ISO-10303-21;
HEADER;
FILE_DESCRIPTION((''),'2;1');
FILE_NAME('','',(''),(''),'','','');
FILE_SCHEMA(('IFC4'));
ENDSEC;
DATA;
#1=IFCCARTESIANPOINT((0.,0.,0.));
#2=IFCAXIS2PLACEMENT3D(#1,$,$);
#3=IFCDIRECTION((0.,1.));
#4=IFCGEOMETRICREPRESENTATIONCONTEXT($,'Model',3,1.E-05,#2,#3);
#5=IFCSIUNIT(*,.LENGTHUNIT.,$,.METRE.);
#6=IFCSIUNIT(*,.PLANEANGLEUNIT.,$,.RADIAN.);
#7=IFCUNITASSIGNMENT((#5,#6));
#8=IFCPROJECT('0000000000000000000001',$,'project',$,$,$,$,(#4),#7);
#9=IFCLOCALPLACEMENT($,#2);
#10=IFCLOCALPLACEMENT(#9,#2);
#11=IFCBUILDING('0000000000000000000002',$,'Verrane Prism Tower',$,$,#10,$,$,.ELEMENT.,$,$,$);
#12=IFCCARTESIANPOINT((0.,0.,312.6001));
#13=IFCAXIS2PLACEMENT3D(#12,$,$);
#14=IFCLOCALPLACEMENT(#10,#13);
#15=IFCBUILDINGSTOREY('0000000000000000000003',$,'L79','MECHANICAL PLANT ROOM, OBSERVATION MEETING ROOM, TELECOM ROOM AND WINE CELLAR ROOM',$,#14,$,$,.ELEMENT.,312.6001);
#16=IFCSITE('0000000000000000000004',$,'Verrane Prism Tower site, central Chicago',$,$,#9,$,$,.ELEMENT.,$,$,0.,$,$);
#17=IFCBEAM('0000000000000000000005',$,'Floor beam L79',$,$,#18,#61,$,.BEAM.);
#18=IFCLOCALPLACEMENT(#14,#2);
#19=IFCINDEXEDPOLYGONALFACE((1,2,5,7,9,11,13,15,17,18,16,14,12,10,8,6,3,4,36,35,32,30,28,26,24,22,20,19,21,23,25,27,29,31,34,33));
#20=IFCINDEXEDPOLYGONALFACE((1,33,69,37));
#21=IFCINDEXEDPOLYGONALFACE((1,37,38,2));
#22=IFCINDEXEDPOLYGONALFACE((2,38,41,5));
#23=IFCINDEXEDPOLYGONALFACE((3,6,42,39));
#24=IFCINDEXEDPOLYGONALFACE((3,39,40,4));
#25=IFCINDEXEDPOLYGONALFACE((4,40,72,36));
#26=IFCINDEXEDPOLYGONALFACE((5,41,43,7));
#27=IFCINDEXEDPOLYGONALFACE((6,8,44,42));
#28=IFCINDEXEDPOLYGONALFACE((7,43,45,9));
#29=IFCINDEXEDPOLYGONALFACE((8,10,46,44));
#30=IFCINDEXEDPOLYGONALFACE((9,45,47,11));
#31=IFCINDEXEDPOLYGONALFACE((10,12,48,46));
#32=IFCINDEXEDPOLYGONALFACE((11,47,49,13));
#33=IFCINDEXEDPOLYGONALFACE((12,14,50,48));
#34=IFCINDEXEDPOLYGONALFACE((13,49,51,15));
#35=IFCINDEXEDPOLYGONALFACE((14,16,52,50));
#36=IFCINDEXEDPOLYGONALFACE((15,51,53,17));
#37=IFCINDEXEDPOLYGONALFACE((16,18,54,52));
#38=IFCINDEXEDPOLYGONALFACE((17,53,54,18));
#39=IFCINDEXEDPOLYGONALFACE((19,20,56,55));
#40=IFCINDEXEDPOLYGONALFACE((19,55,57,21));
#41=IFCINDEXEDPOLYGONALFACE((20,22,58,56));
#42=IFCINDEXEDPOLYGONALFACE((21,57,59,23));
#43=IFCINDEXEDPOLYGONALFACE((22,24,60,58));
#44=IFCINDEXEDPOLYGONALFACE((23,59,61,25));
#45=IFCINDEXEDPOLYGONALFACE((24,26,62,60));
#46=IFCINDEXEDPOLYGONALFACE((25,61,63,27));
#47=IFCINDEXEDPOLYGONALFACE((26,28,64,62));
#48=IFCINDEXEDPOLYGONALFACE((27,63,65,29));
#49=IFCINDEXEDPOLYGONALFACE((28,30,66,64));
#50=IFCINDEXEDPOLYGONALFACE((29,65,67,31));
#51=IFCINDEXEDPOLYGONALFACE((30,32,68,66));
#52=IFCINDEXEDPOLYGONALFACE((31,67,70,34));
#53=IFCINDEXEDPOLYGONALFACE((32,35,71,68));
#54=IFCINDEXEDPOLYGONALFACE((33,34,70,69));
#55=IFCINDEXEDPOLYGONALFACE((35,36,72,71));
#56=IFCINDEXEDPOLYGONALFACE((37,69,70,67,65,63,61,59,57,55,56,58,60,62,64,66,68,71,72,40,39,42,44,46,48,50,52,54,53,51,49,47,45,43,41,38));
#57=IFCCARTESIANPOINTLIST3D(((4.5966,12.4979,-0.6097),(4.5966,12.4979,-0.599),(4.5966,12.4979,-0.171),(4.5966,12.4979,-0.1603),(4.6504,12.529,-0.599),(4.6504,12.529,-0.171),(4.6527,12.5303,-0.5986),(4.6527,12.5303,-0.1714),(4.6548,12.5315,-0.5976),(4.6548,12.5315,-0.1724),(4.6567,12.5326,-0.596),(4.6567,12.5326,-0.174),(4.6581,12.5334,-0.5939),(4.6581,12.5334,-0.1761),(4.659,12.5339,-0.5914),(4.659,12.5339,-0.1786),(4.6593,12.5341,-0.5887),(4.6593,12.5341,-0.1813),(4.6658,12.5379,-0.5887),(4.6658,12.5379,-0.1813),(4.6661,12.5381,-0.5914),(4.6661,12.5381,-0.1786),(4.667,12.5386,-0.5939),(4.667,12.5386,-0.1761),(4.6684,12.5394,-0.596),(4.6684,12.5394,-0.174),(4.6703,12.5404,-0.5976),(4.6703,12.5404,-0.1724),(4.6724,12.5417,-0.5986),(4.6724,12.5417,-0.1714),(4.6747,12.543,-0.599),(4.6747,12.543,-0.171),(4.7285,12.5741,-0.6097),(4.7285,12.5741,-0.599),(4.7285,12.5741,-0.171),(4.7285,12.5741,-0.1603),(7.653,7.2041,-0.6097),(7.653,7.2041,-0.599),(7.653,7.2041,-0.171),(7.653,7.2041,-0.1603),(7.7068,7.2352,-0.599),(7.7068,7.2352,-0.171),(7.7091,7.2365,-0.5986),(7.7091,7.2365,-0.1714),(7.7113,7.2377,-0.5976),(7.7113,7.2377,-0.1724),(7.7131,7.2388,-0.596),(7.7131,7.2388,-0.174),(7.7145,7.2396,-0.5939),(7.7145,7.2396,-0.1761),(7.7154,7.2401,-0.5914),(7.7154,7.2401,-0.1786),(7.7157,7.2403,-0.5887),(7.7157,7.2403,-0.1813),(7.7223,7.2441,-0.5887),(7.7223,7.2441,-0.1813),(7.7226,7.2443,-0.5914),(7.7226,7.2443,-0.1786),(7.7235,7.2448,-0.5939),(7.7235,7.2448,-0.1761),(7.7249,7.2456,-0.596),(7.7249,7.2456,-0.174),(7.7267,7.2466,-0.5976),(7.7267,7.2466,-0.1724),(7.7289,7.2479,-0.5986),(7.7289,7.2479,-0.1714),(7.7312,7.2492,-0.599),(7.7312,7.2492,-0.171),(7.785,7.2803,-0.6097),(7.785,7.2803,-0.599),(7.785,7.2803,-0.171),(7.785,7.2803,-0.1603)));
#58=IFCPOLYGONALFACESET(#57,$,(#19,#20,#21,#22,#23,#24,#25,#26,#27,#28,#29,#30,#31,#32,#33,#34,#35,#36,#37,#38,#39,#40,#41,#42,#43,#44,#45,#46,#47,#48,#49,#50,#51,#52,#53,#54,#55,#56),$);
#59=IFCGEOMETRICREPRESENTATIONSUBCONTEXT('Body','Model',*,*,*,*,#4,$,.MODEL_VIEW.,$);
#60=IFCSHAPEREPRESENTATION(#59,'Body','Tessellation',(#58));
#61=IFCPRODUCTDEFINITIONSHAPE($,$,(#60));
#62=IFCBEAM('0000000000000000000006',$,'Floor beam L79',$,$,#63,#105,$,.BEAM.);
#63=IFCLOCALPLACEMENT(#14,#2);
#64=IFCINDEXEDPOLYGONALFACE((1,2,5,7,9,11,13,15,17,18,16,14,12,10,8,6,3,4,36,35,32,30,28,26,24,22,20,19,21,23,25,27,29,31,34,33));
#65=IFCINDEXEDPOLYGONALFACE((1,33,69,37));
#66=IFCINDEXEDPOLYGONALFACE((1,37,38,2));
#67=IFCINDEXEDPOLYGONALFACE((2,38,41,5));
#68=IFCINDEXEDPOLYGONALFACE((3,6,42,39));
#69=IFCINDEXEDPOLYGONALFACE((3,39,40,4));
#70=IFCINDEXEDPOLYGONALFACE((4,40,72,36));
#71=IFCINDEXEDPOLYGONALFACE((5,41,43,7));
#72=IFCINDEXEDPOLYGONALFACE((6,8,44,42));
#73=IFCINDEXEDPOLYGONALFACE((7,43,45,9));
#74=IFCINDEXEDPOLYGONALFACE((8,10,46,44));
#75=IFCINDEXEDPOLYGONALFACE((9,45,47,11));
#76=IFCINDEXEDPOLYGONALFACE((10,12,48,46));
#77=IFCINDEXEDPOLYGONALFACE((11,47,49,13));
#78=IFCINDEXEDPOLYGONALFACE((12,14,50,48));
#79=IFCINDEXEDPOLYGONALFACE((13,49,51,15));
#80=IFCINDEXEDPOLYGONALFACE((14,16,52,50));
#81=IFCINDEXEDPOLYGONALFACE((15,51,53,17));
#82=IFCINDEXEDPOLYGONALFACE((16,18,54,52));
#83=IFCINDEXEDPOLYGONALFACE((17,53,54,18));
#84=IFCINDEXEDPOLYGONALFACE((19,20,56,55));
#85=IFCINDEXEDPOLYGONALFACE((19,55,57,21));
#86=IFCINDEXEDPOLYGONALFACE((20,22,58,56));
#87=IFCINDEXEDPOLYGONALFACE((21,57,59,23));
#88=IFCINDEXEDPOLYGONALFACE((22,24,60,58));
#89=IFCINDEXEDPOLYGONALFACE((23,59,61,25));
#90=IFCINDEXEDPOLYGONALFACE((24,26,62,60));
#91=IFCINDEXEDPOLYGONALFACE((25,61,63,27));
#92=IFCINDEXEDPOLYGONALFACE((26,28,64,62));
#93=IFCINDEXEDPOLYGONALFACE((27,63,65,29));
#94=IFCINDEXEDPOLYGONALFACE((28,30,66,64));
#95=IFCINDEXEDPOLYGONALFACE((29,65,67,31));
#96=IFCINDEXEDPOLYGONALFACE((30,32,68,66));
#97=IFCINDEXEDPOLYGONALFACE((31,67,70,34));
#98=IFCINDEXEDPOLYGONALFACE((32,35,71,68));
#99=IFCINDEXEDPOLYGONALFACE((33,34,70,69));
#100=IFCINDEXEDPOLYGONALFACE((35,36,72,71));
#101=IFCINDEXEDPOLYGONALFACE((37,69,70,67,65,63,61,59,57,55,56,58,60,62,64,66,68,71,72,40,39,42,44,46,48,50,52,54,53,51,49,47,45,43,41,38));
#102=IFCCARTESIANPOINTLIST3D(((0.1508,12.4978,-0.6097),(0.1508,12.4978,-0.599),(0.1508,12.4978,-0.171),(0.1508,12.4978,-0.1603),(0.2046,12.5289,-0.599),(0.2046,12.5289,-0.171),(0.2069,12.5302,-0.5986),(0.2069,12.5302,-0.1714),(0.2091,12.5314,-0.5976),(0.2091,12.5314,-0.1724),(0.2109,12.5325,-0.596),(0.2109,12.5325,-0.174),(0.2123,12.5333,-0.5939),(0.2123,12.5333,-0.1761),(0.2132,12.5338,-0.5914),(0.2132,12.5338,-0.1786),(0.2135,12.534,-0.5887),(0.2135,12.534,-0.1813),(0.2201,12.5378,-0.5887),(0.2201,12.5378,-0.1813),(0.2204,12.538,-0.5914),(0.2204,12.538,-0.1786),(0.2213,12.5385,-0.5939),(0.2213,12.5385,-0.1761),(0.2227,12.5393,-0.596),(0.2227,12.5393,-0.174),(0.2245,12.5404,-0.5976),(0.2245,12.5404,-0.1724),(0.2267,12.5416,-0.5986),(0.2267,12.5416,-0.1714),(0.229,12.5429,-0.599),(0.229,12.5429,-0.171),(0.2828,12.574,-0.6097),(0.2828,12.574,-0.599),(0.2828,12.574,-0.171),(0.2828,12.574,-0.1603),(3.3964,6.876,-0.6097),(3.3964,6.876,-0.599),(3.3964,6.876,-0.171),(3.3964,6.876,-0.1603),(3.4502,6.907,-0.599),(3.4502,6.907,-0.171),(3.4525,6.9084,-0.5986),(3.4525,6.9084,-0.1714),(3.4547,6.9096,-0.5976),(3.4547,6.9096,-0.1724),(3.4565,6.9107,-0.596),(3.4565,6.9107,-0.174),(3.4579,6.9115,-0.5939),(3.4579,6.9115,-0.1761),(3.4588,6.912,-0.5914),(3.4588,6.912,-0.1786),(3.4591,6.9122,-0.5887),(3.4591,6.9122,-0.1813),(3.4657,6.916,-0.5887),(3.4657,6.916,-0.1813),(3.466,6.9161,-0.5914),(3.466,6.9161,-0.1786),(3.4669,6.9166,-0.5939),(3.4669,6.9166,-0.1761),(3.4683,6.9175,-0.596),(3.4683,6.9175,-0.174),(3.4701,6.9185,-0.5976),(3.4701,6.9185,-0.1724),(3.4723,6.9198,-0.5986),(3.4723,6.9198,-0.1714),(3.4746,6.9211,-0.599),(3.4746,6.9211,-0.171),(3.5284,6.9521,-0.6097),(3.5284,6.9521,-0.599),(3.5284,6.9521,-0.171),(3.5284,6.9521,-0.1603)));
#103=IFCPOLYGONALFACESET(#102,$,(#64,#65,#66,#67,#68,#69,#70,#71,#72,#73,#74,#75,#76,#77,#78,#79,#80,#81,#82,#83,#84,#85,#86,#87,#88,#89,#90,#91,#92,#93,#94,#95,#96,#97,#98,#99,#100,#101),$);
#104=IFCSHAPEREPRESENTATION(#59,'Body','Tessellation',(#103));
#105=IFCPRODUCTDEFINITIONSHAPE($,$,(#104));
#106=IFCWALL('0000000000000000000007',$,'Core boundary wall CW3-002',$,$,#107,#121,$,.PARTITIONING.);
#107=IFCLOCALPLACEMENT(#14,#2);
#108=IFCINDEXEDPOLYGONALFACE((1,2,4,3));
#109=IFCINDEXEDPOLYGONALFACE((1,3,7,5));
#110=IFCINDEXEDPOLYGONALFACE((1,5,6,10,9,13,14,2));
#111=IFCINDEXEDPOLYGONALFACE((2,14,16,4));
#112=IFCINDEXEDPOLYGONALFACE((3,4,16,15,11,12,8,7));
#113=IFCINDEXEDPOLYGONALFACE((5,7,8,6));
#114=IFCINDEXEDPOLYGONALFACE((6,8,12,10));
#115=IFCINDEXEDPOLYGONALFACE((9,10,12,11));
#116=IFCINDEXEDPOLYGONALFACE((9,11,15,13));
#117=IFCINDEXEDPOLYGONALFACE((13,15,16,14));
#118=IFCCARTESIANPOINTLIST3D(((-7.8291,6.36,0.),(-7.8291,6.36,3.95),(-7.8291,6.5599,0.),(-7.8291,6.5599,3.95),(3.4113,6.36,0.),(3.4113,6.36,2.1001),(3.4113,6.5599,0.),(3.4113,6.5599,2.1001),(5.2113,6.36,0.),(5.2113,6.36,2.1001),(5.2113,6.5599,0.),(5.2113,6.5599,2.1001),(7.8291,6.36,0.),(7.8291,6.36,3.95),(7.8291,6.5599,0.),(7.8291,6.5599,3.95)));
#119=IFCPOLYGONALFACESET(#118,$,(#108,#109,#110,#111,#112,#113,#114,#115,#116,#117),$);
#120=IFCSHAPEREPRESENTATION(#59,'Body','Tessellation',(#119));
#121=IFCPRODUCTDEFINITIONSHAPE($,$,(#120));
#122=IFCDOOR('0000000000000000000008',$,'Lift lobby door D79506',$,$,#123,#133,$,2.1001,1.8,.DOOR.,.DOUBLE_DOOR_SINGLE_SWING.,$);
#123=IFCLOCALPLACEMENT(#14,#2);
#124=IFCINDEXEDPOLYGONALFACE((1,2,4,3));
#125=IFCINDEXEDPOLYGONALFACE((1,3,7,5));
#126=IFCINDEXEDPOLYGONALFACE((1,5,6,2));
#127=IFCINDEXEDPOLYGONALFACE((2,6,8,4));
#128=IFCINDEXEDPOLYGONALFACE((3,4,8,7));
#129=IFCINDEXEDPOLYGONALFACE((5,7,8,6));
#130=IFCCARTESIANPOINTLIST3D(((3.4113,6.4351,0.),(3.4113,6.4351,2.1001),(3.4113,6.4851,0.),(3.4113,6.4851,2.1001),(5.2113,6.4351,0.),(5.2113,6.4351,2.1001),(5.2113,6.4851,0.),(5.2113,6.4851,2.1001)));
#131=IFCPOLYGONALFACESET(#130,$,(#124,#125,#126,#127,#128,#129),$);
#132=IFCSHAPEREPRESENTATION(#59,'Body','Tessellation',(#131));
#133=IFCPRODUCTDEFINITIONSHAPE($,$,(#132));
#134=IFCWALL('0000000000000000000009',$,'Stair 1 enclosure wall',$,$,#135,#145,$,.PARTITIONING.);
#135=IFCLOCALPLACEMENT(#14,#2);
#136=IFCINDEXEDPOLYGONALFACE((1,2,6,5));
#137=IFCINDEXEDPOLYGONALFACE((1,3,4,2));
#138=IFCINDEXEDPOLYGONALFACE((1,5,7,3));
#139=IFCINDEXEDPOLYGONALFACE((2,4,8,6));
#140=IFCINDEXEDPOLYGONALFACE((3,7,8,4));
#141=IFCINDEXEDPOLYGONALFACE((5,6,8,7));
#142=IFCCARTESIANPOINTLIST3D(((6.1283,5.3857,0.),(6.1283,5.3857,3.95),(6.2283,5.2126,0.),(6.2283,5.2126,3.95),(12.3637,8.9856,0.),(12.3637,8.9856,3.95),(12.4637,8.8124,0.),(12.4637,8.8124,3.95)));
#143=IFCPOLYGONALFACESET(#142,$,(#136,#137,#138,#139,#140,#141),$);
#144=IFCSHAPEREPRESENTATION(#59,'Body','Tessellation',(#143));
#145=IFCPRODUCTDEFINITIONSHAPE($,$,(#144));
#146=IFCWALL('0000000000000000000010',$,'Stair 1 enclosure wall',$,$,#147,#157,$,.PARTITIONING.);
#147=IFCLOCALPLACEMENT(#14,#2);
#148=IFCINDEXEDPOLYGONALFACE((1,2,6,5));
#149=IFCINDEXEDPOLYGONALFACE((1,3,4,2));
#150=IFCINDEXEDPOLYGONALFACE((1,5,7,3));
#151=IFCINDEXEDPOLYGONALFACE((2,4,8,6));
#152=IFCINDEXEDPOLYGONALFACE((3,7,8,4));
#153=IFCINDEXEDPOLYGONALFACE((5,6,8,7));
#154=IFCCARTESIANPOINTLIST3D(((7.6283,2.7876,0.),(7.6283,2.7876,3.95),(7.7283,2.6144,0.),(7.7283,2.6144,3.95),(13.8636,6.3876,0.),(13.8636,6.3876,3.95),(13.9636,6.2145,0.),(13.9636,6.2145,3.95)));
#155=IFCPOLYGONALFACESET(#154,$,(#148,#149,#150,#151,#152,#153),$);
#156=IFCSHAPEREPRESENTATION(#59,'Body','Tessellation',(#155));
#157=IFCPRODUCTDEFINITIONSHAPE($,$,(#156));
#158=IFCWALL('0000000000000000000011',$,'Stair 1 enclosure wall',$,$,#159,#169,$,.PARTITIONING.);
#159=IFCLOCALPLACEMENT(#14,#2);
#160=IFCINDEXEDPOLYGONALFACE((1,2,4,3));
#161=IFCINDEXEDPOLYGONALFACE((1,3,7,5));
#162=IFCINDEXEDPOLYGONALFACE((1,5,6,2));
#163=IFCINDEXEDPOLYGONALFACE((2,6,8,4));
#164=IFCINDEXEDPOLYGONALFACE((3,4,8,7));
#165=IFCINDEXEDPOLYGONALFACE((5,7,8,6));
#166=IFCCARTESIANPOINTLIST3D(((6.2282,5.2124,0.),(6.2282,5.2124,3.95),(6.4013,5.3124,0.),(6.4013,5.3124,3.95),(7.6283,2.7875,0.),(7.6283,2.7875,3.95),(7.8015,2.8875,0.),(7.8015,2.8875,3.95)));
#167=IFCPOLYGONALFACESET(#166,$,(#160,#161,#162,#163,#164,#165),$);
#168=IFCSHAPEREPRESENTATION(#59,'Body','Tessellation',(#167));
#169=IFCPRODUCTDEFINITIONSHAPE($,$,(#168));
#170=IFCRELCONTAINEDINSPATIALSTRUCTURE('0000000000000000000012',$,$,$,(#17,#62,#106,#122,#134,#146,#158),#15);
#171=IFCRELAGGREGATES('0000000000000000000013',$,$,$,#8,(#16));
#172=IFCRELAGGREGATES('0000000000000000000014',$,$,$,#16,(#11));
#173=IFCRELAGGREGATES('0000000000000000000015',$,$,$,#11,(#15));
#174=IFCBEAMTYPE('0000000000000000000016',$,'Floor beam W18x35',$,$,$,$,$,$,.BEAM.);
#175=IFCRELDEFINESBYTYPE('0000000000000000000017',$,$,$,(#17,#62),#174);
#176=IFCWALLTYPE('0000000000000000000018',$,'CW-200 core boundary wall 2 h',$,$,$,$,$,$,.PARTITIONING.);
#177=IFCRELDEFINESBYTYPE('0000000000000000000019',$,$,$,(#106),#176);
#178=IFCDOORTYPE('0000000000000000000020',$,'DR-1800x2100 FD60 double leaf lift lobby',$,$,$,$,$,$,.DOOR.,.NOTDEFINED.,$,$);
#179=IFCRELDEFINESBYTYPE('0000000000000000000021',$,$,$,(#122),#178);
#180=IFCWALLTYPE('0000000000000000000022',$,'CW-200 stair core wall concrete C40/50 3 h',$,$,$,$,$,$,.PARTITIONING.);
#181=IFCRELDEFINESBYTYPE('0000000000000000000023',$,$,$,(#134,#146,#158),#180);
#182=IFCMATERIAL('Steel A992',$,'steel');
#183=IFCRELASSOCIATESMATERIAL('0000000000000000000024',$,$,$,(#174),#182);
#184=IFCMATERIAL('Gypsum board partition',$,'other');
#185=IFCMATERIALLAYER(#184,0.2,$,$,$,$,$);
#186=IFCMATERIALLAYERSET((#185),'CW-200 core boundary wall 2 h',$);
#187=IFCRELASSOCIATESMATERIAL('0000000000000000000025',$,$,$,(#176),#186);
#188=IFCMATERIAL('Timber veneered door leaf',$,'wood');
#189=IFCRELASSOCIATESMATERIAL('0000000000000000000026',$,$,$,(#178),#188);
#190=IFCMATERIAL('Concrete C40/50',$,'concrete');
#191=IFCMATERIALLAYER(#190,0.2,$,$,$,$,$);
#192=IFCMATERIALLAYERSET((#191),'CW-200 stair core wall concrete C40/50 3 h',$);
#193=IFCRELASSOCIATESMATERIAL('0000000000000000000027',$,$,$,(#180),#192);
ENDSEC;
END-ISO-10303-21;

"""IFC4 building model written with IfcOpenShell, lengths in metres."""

from ifc_helpers import new_model, si_unit, direction, frame, frame_2d, origin, origin_2d, place, context, subcontext, project, spatial, rectangle, i_section, extrude, material, layer, layer_set, material_profile, profile_set, type_object, element, fill, save


model = new_model("IFC4")

# Units and contexts
model_context = context("Model", 3, precision=1e-05, world=origin(), true_north=direction((0.0, 1.0)))
body_context = subcontext(model_context, "Body", "Model", "MODEL_VIEW")
ifc_project = project(units=[si_unit("LENGTHUNIT", "METRE"), si_unit("PLANEANGLEUNIT", "RADIAN")], contexts=[model_context])

# Site, building, storey
site_placement = place(None, origin())
site = spatial("IfcSite", under=ifc_project, at=site_placement, Name="Verrane Prism Tower site, central Chicago", CompositionType="ELEMENT", RefElevation=0.0)
building_placement = place(site_placement, origin())
building = spatial("IfcBuilding", under=site, at=building_placement, Name="Verrane Prism Tower", CompositionType="ELEMENT")
storey_placement = place(building_placement, frame((0.0, 0.0, 312.6001)))
storey = spatial("IfcBuildingStorey", under=building, at=storey_placement, Name="L79", Description="MECHANICAL PLANT ROOM, OBSERVATION MEETING ROOM, TELECOM ROOM AND WINE CELLAR ROOM", CompositionType="ELEMENT", Elevation=312.6001)

# Beams
ifc_material_1 = material(Name="Steel A992", Category="steel")
ifc_material_profile_1 = material_profile(ifc_material_1, i_section(OverallWidth=0.1523, OverallDepth=0.4495, WebThickness=0.0076, FlangeThickness=0.0107, FilletRadius=0.0103, at=origin_2d()), Name="W18x35")
ifc_profile_set_1 = profile_set([ifc_material_profile_1], Name="Steel A992")
beam_type_1 = type_object("IfcBeamType", Name="Floor beam W18x35", PredefinedType="BEAM", material=ifc_profile_set_1)
beam_1_placement = place(storey_placement, frame((7.719, 7.2422, -0.385), z_axis=(-0.500009, 0.86602, 0.0), x_axis=(-0.86602, -0.500009, 0.0)))
element("IfcBeam", 1, at=beam_1_placement, inside=storey, type_object=beam_type_1, Name="Floor beam L79", PredefinedType="BEAM", context=body_context, shape_type="SweptSolid", body=[
    extrude(i_section(OverallWidth=0.1523, OverallDepth=0.4495, WebThickness=0.0076, FlangeThickness=0.0107, FilletRadius=0.0103, at=origin_2d()), origin(), (0.0, 0.0, 1.0), 6.1128),
])
beam_2_placement = place(storey_placement, frame((3.4624, 6.9141, -0.385), z_axis=(-0.499982, 0.866036, 0.0), x_axis=(-0.866036, -0.499982, 0.0)))
element("IfcBeam", 2, at=beam_2_placement, inside=storey, type_object=beam_type_1, Name="Floor beam L79", PredefinedType="BEAM", context=body_context, shape_type="SweptSolid", body=[
    extrude(i_section(OverallWidth=0.1523, OverallDepth=0.4495, WebThickness=0.0076, FlangeThickness=0.0107, FilletRadius=0.0103, at=origin_2d()), origin(), (0.0, 0.0, 1.0), 6.4915),
])

# Wall, opening, door
ifc_material_2 = material(Name="Gypsum board partition", Category="other")
ifc_layer_1 = layer(ifc_material_2, 0.2)
ifc_layer_set_1 = layer_set([ifc_layer_1], Name="CW-200 core boundary wall 2 h")
wall_type_1 = type_object("IfcWallType", Name="CW-200 core boundary wall 2 h", PredefinedType="PARTITIONING", material=ifc_layer_set_1)
wall_1_placement = place(storey_placement, frame((7.8291, 6.46, 0.0), z_axis=(0.0, 0.0, 1.0), x_axis=(-1.0, 0.0, 0.0)))
wall_1 = element("IfcWall", 3, at=wall_1_placement, inside=storey, type_object=wall_type_1, Name="Core boundary wall CW3-002", PredefinedType="PARTITIONING", context=body_context, shape_type="SweptSolid", body=[
    extrude(rectangle(XDim=15.6582, YDim=0.2, at=frame_2d((7.8291, 0.0))), origin(), (0.0, 0.0, 1.0), 3.95),
])
opening_1_placement = place(wall_1_placement, frame((2.6179, 0.0, 0.0)))
opening_1 = element("IfcOpeningElement", 4, at=opening_1_placement, cuts=wall_1, PredefinedType="OPENING", context=body_context, shape_type="SweptSolid", body=[
    extrude(rectangle(XDim=1.8, YDim=2.1001, at=frame_2d((0.8999, 1.05))), frame((0.0, 0.1099, 0.0), z_axis=(0.0, -1.0, 0.0), x_axis=(1.0, 0.0, 0.0)), (0.0, 0.0, 1.0), 0.22),
])
ifc_material_3 = material(Name="Timber veneered door leaf", Category="wood")
door_type_1 = type_object("IfcDoorType", Name="DR-1800x2100 FD60 double leaf lift lobby", OperationType="NOTDEFINED", PredefinedType="DOOR", material=ifc_material_3)
door_1_placement = place(opening_1_placement, origin())
door_1 = element("IfcDoor", 5, at=door_1_placement, inside=storey, type_object=door_type_1, Name="Lift lobby door D79506", OperationType="DOUBLE_DOOR_SINGLE_SWING", OverallHeight=2.1001, OverallWidth=1.8, PredefinedType="DOOR", context=body_context, shape_type="SweptSolid", body=[
    extrude(rectangle(XDim=1.8, YDim=2.1001, at=frame_2d((0.8999, 1.05))), frame((0.0, 0.0249, 0.0), z_axis=(0.0, -1.0, 0.0), x_axis=(1.0, 0.0, 0.0)), (0.0, 0.0, 1.0), 0.05),
])
fill(opening_1, door_1)

# Walls
ifc_material_4 = material(Name="Concrete C40/50", Category="concrete")
ifc_layer_2 = layer(ifc_material_4, 0.2)
ifc_layer_set_2 = layer_set([ifc_layer_2], Name="CW-200 stair core wall concrete C40/50 3 h")
wall_type_2 = type_object("IfcWallType", Name="CW-200 stair core wall concrete C40/50 3 h", PredefinedType="PARTITIONING", material=ifc_layer_set_2)
for number, where, z_axis, x_axis, name in (
    (6, (6.1782, 5.2991, 0.0), (0.0, 0.0, 1.0), (0.866033, 0.499987, 0.0), "Stair 1 enclosure wall"),
    (7, (7.6782, 2.7009, 0.0), (0.0, 0.0, 1.0), (0.866018, 0.500012, 0.0), "Stair 1 enclosure wall"),
):
    element("IfcWall", number, at=place(storey_placement, frame(where, z_axis=z_axis, x_axis=x_axis)), inside=storey, type_object=wall_type_2, Name=name, PredefinedType="PARTITIONING", context=body_context, shape_type="SweptSolid", body=[
        extrude(rectangle(XDim=7.2, YDim=0.2, at=frame_2d((3.6001, 0.0))), origin(), (0.0, 0.0, 1.0), 3.95),
    ])
wall_2_placement = place(storey_placement, frame((7.7148, 2.8376, 0.0), z_axis=(0.0, 0.0, 1.0), x_axis=(-0.50005, 0.865997, 0.0)))
element("IfcWall", 8, at=wall_2_placement, inside=storey, type_object=wall_type_2, Name="Stair 1 enclosure wall", PredefinedType="PARTITIONING", context=body_context, shape_type="SweptSolid", body=[
    extrude(rectangle(XDim=2.8, YDim=0.2, at=frame_2d((1.3999, 0.0))), origin(), (0.0, 0.0, 1.0), 3.95),
])

save(model, "model.ifc")
